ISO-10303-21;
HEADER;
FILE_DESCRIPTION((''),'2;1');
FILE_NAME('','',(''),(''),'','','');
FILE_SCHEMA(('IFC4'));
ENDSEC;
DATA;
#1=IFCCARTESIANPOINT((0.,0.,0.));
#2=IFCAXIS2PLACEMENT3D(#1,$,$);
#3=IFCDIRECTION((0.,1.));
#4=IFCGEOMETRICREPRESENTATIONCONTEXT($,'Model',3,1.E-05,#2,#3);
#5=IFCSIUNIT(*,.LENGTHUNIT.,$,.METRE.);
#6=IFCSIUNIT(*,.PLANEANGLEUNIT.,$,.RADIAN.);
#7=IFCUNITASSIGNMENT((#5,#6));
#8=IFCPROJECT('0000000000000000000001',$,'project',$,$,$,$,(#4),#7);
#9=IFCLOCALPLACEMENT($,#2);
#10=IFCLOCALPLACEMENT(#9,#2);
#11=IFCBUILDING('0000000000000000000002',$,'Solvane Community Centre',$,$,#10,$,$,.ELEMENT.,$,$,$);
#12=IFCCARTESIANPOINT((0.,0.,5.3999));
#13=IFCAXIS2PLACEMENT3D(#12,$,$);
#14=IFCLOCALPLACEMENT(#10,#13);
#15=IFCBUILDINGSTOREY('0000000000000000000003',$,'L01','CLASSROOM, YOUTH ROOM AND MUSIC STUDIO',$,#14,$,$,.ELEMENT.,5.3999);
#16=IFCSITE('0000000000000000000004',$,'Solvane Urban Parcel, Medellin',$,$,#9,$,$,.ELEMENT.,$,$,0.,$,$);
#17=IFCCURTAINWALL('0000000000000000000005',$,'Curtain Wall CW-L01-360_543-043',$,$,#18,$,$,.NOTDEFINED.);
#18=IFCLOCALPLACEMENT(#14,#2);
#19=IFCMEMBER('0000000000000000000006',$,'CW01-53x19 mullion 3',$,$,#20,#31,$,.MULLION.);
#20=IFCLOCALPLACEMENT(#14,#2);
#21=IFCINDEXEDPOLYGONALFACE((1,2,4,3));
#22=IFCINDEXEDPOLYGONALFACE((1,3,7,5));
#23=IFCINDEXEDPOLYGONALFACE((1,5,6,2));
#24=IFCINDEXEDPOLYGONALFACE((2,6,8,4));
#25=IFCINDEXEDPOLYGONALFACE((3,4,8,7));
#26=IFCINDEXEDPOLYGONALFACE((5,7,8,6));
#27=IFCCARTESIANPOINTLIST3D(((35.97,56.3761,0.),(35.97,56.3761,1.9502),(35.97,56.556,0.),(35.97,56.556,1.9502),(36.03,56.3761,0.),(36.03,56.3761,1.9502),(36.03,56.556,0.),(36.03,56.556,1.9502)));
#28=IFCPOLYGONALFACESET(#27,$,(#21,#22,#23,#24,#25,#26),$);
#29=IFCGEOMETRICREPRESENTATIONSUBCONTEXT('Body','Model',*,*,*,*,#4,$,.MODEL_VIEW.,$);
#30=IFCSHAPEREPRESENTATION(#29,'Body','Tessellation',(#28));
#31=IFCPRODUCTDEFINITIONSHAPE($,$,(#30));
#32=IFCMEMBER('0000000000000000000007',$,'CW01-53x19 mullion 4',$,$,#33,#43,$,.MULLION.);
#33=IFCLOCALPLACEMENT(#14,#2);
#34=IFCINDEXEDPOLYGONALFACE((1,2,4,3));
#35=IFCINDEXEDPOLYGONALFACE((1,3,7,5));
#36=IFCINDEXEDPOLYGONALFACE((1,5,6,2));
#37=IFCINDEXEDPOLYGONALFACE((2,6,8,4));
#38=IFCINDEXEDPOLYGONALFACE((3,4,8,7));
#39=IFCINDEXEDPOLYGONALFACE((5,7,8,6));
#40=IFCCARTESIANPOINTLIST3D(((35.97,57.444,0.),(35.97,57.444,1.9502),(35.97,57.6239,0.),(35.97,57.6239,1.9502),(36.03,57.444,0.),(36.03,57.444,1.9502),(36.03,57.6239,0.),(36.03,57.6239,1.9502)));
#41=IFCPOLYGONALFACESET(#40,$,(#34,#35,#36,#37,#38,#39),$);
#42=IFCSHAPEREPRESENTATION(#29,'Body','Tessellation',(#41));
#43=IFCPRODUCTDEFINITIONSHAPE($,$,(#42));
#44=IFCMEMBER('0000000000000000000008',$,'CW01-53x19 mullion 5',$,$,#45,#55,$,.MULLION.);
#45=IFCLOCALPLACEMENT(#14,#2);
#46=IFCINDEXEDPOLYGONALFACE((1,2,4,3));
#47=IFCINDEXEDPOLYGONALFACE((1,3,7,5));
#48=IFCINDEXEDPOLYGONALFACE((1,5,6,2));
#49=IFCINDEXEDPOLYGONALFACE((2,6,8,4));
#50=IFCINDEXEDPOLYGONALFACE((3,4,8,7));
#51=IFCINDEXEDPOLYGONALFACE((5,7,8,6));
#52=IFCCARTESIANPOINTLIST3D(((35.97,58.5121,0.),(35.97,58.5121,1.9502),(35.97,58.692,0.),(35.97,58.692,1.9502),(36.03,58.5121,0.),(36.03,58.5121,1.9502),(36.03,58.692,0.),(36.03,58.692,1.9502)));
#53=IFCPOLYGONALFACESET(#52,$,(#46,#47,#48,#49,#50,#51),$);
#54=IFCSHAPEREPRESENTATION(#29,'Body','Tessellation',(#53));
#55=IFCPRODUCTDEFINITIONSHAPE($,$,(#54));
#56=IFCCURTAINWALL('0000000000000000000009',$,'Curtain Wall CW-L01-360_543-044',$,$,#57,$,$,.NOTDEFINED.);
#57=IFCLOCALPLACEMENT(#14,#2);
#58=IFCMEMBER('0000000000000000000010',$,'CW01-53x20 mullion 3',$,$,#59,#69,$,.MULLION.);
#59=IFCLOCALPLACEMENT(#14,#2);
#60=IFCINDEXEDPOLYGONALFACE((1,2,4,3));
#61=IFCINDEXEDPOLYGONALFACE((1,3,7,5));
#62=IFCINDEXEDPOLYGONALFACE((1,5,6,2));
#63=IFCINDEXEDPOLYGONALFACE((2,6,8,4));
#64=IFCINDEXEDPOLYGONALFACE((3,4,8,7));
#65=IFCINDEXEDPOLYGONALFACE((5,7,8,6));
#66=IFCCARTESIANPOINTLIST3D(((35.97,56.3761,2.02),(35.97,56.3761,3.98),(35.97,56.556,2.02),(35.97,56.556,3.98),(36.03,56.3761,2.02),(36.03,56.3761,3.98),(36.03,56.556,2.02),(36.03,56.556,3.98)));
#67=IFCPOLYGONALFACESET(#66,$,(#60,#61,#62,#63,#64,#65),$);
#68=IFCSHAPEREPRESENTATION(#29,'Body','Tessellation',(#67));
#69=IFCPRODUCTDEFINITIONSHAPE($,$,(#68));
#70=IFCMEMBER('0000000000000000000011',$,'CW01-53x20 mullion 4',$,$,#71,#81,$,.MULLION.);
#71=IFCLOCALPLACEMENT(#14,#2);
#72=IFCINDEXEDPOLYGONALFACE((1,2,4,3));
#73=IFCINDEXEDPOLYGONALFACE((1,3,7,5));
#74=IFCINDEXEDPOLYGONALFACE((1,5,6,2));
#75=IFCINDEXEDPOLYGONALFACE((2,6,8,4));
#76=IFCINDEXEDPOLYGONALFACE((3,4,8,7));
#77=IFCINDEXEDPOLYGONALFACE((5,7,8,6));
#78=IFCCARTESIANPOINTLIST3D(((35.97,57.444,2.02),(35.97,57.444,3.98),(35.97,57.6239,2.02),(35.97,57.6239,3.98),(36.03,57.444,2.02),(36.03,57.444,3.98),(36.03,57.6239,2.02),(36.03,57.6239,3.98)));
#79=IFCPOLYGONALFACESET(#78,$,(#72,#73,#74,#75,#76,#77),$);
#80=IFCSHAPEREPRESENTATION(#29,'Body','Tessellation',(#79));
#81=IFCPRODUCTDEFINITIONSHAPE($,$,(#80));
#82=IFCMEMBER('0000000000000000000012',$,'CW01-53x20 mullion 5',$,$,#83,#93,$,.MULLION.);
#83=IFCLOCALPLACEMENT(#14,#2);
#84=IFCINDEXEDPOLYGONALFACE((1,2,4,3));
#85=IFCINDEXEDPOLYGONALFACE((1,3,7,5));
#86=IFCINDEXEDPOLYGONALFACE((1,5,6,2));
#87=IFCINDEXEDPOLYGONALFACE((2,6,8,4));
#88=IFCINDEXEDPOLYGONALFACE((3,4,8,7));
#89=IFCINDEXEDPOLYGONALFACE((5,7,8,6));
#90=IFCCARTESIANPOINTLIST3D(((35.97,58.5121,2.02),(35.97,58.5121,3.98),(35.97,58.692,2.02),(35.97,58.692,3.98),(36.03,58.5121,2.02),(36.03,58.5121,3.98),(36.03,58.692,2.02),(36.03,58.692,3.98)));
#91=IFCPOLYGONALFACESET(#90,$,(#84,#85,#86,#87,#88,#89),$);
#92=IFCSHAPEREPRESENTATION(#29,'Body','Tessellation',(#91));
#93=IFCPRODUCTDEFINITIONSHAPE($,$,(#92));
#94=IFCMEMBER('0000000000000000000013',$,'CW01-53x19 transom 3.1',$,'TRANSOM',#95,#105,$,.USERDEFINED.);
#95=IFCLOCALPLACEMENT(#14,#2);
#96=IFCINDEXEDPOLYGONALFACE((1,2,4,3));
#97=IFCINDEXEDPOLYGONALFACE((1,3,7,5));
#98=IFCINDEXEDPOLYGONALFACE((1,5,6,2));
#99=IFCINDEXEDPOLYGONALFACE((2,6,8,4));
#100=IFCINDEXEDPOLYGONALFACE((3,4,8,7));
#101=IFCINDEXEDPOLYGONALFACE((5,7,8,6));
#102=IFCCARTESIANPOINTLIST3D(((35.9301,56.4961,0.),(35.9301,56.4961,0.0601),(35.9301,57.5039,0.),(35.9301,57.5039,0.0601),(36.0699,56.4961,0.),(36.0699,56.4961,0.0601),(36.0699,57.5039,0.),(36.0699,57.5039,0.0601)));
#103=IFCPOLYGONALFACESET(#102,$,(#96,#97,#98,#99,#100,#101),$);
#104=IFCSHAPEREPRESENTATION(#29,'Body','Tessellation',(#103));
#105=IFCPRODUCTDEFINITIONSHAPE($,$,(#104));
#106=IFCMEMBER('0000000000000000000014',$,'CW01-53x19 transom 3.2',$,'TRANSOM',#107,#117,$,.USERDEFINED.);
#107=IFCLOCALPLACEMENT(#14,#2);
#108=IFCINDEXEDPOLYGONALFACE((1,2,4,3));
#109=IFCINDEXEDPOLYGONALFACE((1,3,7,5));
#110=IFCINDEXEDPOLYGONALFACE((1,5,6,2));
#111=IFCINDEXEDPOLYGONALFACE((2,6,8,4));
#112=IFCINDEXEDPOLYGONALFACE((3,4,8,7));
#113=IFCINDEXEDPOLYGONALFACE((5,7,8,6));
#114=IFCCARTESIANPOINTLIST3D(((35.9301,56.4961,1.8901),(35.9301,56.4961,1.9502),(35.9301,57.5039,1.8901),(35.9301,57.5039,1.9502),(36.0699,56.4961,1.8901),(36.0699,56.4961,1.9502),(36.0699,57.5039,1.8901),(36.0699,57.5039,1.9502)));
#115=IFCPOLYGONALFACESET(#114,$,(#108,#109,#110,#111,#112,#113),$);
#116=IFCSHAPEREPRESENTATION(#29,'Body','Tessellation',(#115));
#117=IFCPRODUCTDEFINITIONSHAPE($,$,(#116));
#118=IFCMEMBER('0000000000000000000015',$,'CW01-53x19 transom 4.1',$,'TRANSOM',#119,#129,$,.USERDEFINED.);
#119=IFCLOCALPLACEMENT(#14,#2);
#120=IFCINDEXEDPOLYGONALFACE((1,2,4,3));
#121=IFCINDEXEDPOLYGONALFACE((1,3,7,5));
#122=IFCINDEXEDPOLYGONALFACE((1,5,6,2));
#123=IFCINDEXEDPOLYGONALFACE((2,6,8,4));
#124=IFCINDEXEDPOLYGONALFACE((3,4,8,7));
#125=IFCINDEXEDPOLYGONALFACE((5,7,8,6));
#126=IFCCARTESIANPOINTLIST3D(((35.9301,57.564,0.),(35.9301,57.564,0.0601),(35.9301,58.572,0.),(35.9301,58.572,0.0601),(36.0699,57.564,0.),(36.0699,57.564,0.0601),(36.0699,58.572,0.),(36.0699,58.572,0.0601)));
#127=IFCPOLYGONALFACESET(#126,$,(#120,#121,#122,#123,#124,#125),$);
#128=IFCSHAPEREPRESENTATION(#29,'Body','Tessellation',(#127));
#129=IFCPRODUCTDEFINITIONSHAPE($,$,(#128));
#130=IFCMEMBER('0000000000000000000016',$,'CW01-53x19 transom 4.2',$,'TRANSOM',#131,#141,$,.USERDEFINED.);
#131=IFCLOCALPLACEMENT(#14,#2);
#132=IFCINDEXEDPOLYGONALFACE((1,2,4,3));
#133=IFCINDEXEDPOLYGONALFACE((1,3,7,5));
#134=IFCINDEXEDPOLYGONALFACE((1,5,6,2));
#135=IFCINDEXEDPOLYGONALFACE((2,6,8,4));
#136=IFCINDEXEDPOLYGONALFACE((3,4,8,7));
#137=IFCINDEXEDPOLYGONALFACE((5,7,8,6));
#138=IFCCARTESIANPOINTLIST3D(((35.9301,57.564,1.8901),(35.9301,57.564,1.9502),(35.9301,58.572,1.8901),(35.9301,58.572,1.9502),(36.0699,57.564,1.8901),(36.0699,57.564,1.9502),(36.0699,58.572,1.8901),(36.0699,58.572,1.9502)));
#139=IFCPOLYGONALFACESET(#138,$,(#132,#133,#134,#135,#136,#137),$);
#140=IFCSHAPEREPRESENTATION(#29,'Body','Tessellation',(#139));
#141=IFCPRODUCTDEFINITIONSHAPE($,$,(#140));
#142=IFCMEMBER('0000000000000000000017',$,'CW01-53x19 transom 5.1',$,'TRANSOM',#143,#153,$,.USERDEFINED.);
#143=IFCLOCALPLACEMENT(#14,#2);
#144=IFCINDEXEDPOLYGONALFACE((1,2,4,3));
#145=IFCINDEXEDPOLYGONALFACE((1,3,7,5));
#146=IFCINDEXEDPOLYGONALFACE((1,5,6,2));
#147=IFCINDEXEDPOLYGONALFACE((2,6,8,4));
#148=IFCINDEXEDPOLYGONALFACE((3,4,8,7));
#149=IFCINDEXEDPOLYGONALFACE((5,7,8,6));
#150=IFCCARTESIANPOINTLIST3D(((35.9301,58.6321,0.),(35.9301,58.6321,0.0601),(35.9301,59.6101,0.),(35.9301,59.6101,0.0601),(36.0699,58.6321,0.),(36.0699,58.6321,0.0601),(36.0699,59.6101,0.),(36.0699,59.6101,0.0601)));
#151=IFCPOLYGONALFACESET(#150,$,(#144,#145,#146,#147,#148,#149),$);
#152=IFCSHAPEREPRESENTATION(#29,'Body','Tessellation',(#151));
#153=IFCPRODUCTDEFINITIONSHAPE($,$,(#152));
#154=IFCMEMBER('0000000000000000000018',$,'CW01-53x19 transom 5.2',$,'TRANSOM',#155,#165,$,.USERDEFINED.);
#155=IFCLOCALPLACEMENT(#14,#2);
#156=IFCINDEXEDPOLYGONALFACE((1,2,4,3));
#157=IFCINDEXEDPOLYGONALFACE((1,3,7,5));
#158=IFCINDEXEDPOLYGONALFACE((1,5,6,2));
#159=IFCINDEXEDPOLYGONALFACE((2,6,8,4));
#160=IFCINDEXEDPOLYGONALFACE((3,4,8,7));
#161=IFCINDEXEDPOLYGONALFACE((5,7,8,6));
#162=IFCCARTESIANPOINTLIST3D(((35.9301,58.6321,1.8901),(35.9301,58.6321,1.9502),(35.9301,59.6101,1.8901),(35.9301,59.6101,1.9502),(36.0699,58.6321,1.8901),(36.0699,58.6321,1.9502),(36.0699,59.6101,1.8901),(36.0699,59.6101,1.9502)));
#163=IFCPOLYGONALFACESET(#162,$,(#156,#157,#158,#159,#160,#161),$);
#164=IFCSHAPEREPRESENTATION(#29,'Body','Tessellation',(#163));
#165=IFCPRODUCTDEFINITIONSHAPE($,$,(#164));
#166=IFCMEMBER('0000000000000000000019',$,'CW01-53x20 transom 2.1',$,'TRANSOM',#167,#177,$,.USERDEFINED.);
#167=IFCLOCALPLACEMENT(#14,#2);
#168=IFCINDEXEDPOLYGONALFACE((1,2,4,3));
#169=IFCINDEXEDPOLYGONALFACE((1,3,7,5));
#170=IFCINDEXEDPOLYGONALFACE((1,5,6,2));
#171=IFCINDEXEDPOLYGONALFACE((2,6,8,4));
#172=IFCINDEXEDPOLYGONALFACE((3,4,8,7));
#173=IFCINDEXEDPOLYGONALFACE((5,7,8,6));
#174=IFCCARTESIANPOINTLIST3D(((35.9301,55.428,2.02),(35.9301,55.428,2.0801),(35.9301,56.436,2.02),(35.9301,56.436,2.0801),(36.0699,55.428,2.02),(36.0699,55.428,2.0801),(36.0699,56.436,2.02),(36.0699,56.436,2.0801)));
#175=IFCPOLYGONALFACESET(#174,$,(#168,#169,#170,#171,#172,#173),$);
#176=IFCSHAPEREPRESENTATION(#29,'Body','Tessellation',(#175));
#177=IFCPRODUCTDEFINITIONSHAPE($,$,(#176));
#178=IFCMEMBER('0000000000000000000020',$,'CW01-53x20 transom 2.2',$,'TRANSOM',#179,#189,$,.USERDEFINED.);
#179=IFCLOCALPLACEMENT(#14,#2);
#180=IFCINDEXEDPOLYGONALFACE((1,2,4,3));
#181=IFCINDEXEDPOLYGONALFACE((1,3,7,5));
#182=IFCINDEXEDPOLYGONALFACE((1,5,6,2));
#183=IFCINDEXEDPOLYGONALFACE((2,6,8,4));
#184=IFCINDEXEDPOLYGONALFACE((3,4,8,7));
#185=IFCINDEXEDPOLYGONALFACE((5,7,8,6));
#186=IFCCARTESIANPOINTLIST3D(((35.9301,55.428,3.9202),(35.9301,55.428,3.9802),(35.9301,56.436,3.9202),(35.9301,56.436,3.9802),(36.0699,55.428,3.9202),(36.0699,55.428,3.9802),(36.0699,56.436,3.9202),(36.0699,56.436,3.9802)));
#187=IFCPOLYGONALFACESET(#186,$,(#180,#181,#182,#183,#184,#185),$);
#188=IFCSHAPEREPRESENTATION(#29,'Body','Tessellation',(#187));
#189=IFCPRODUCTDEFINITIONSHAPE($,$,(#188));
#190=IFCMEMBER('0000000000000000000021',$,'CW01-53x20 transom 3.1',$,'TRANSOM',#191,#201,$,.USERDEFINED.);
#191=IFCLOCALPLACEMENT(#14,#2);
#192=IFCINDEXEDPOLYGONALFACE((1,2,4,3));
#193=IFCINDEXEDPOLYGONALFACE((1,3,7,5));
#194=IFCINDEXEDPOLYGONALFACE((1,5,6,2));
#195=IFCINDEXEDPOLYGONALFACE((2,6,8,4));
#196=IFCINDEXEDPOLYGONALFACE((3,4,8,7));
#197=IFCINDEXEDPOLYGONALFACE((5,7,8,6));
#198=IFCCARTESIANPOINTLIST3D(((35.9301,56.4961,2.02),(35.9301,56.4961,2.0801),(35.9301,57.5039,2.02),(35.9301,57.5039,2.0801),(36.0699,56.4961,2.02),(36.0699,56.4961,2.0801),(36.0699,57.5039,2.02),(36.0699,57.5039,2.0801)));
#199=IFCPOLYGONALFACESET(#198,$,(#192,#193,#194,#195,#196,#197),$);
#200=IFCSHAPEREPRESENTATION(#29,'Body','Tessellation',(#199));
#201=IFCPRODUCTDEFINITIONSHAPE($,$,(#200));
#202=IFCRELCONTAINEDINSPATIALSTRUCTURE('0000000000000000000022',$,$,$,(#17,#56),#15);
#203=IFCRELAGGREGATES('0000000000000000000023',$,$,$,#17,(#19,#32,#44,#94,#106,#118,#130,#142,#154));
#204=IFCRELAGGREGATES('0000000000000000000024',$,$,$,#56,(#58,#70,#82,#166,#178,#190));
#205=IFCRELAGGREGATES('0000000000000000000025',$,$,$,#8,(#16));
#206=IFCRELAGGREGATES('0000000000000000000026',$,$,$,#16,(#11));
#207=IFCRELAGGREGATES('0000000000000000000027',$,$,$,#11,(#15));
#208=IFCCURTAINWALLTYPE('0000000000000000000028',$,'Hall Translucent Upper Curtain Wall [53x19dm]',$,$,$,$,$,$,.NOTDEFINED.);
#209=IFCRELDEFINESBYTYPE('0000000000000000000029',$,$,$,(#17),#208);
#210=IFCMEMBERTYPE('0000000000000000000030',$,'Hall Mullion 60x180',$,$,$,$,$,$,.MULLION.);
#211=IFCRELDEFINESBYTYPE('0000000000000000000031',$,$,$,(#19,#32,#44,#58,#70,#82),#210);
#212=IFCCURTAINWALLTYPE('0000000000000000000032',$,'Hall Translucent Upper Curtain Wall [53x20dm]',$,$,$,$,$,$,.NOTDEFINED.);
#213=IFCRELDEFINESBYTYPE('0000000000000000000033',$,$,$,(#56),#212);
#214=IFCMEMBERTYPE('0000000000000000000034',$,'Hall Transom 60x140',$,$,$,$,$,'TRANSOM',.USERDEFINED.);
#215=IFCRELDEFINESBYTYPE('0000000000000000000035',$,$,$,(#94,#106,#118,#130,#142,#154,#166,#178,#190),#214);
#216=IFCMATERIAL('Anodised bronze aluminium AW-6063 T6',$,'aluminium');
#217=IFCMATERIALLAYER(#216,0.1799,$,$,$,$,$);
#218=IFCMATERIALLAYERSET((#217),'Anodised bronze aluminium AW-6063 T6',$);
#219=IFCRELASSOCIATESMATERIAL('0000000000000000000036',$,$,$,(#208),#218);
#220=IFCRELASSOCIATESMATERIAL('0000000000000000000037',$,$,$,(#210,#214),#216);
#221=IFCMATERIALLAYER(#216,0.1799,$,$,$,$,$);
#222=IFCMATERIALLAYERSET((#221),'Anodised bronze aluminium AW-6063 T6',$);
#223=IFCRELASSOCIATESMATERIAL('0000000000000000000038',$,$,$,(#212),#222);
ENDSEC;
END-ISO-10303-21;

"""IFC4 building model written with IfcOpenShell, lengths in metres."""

from ifc_helpers import new_model, si_unit, direction, frame, origin, origin_2d, place, context, subcontext, project, spatial, rectangle, extrude, material, layer, layer_set, material_profile, profile_set, type_object, element, aggregate, save


model = new_model("IFC4")

# Units and contexts
model_context = context("Model", 3, precision=1e-05, world=origin(), true_north=direction((0.0, 1.0)))
body_context = subcontext(model_context, "Body", "Model", "MODEL_VIEW")
ifc_project = project(units=[si_unit("LENGTHUNIT", "METRE"), si_unit("PLANEANGLEUNIT", "RADIAN")], contexts=[model_context])

# Site, building, storey
site_placement = place(None, origin())
site = spatial("IfcSite", under=ifc_project, at=site_placement, Name="Solvane Urban Parcel, Medellin", CompositionType="ELEMENT", RefElevation=0.0)
building_placement = place(site_placement, origin())
building = spatial("IfcBuilding", under=site, at=building_placement, Name="Solvane Community Centre", CompositionType="ELEMENT")
storey_placement = place(building_placement, frame((0.0, 0.0, 5.3999)))
storey = spatial("IfcBuildingStorey", under=building, at=storey_placement, Name="L01", Description="CLASSROOM, YOUTH ROOM AND MUSIC STUDIO", CompositionType="ELEMENT", Elevation=5.3999)

# Curtain walls, members
ifc_material_1 = material(Name="Anodised bronze aluminium AW-6063 T6", Category="aluminium")
ifc_layer_1 = layer(ifc_material_1, 0.1799)
ifc_layer_set_1 = layer_set([ifc_layer_1], Name="Anodised bronze aluminium AW-6063 T6")
curtain_wall_type_1 = type_object("IfcCurtainWallType", Name="Hall Translucent Upper Curtain Wall [53x19dm]", PredefinedType="NOTDEFINED", material=ifc_layer_set_1)
curtain_wall_1_placement = place(storey_placement, origin())
curtain_wall_1 = element("IfcCurtainWall", 1, at=curtain_wall_1_placement, inside=storey, type_object=curtain_wall_type_1, Name="Curtain Wall CW-L01-360_543-043", PredefinedType="NOTDEFINED")
ifc_material_profile_1 = material_profile(ifc_material_1, rectangle(XDim=0.0601, YDim=0.1799, at=origin_2d()), Name="CW-M 60x180")
ifc_profile_set_1 = profile_set([ifc_material_profile_1], Name="Anodised bronze aluminium AW-6063 T6")
member_type_1 = type_object("IfcMemberType", Name="Hall Mullion 60x180", PredefinedType="MULLION", material=ifc_profile_set_1)
member_1_placement = place(storey_placement, frame((36.0, 56.4661, 0.0), z_axis=(0.0, 0.0, 1.0), x_axis=(-1.0, 0.0, 0.0)))
member_1 = element("IfcMember", 2, at=member_1_placement, type_object=member_type_1, Name="CW01-53x19 mullion 3", PredefinedType="MULLION", context=body_context, shape_type="SweptSolid", body=[
    extrude(rectangle(XDim=0.0601, YDim=0.1799, at=origin_2d()), origin(), (0.0, 0.0, 1.0), 1.9502),
])
member_2_placement = place(storey_placement, frame((36.0, 57.5339, 0.0), z_axis=(0.0, 0.0, 1.0), x_axis=(-1.0, 0.0, 0.0)))
member_2 = element("IfcMember", 3, at=member_2_placement, type_object=member_type_1, Name="CW01-53x19 mullion 4", PredefinedType="MULLION", context=body_context, shape_type="SweptSolid", body=[
    extrude(rectangle(XDim=0.0601, YDim=0.1799, at=origin_2d()), origin(), (0.0, 0.0, 1.0), 1.9502),
])
member_3_placement = place(storey_placement, frame((36.0, 58.6021, 0.0), z_axis=(0.0, 0.0, 1.0), x_axis=(-1.0, 0.0, 0.0)))
member_3 = element("IfcMember", 4, at=member_3_placement, type_object=member_type_1, Name="CW01-53x19 mullion 5", PredefinedType="MULLION", context=body_context, shape_type="SweptSolid", body=[
    extrude(rectangle(XDim=0.0601, YDim=0.1799, at=origin_2d()), origin(), (0.0, 0.0, 1.0), 1.9502),
])
ifc_layer_2 = layer(ifc_material_1, 0.1799)
ifc_layer_set_2 = layer_set([ifc_layer_2], Name="Anodised bronze aluminium AW-6063 T6")
curtain_wall_type_2 = type_object("IfcCurtainWallType", Name="Hall Translucent Upper Curtain Wall [53x20dm]", PredefinedType="NOTDEFINED", material=ifc_layer_set_2)
curtain_wall_2_placement = place(storey_placement, origin())
curtain_wall_2 = element("IfcCurtainWall", 5, at=curtain_wall_2_placement, inside=storey, type_object=curtain_wall_type_2, Name="Curtain Wall CW-L01-360_543-044", PredefinedType="NOTDEFINED")
member_4_placement = place(storey_placement, frame((36.0, 56.4661, 2.02), z_axis=(0.0, 0.0, 1.0), x_axis=(-1.0, 0.0, 0.0)))
member_4 = element("IfcMember", 6, at=member_4_placement, type_object=member_type_1, Name="CW01-53x20 mullion 3", PredefinedType="MULLION", context=body_context, shape_type="SweptSolid", body=[
    extrude(rectangle(XDim=0.0601, YDim=0.1799, at=origin_2d()), origin(), (0.0, 0.0, 1.0), 1.96),
])
member_5_placement = place(storey_placement, frame((36.0, 57.5339, 2.02), z_axis=(0.0, 0.0, 1.0), x_axis=(-1.0, 0.0, 0.0)))
member_5 = element("IfcMember", 7, at=member_5_placement, type_object=member_type_1, Name="CW01-53x20 mullion 4", PredefinedType="MULLION", context=body_context, shape_type="SweptSolid", body=[
    extrude(rectangle(XDim=0.0601, YDim=0.1799, at=origin_2d()), origin(), (0.0, 0.0, 1.0), 1.96),
])
member_6_placement = place(storey_placement, frame((36.0, 58.6021, 2.02), z_axis=(0.0, 0.0, 1.0), x_axis=(-1.0, 0.0, 0.0)))
member_6 = element("IfcMember", 8, at=member_6_placement, type_object=member_type_1, Name="CW01-53x20 mullion 5", PredefinedType="MULLION", context=body_context, shape_type="SweptSolid", body=[
    extrude(rectangle(XDim=0.0601, YDim=0.1799, at=origin_2d()), origin(), (0.0, 0.0, 1.0), 1.96),
])

# Members
ifc_material_profile_2 = material_profile(ifc_material_1, rectangle(XDim=0.1399, YDim=0.0601, at=origin_2d()), Name="CW-T 60x140")
ifc_profile_set_2 = profile_set([ifc_material_profile_2], Name="Anodised bronze aluminium AW-6063 T6")
member_type_2 = type_object("IfcMemberType", Name="Hall Transom 60x140", ElementType="TRANSOM", PredefinedType="USERDEFINED", material=ifc_profile_set_2)
member_7_placement = place(storey_placement, frame((36.0, 56.4961, 0.03), z_axis=(0.0, 1.0, 0.0), x_axis=(-1.0, 0.0, 0.0)))
member_7 = element("IfcMember", 9, at=member_7_placement, type_object=member_type_2, Name="CW01-53x19 transom 3.1", ObjectType="TRANSOM", PredefinedType="USERDEFINED", context=body_context, shape_type="SweptSolid", body=[
    extrude(rectangle(XDim=0.1399, YDim=0.0601, at=origin_2d()), origin(), (0.0, 0.0, 1.0), 1.0078),
])
member_8_placement = place(storey_placement, frame((36.0, 56.4961, 1.9202), z_axis=(0.0, 1.0, 0.0), x_axis=(-1.0, 0.0, 0.0)))
member_8 = element("IfcMember", 10, at=member_8_placement, type_object=member_type_2, Name="CW01-53x19 transom 3.2", ObjectType="TRANSOM", PredefinedType="USERDEFINED", context=body_context, shape_type="SweptSolid", body=[
    extrude(rectangle(XDim=0.1399, YDim=0.0601, at=origin_2d()), origin(), (0.0, 0.0, 1.0), 1.0078),
])
member_9_placement = place(storey_placement, frame((36.0, 57.564, 0.03), z_axis=(0.0, 1.0, 0.0), x_axis=(-1.0, 0.0, 0.0)))
member_9 = element("IfcMember", 11, at=member_9_placement, type_object=member_type_2, Name="CW01-53x19 transom 4.1", ObjectType="TRANSOM", PredefinedType="USERDEFINED", context=body_context, shape_type="SweptSolid", body=[
    extrude(rectangle(XDim=0.1399, YDim=0.0601, at=origin_2d()), origin(), (0.0, 0.0, 1.0), 1.0081),
])
member_10_placement = place(storey_placement, frame((36.0, 57.564, 1.9202), z_axis=(0.0, 1.0, 0.0), x_axis=(-1.0, 0.0, 0.0)))
member_10 = element("IfcMember", 12, at=member_10_placement, type_object=member_type_2, Name="CW01-53x19 transom 4.2", ObjectType="TRANSOM", PredefinedType="USERDEFINED", context=body_context, shape_type="SweptSolid", body=[
    extrude(rectangle(XDim=0.1399, YDim=0.0601, at=origin_2d()), origin(), (0.0, 0.0, 1.0), 1.0081),
])
member_11_placement = place(storey_placement, frame((36.0, 58.6321, 0.03), z_axis=(0.0, 1.0, 0.0), x_axis=(-1.0, 0.0, 0.0)))
member_11 = element("IfcMember", 13, at=member_11_placement, type_object=member_type_2, Name="CW01-53x19 transom 5.1", ObjectType="TRANSOM", PredefinedType="USERDEFINED", context=body_context, shape_type="SweptSolid", body=[
    extrude(rectangle(XDim=0.1399, YDim=0.0601, at=origin_2d()), origin(), (0.0, 0.0, 1.0), 0.978),
])
member_12_placement = place(storey_placement, frame((36.0, 58.6321, 1.9202), z_axis=(0.0, 1.0, 0.0), x_axis=(-1.0, 0.0, 0.0)))
member_12 = element("IfcMember", 14, at=member_12_placement, type_object=member_type_2, Name="CW01-53x19 transom 5.2", ObjectType="TRANSOM", PredefinedType="USERDEFINED", context=body_context, shape_type="SweptSolid", body=[
    extrude(rectangle(XDim=0.1399, YDim=0.0601, at=origin_2d()), origin(), (0.0, 0.0, 1.0), 0.978),
])
member_13_placement = place(storey_placement, frame((36.0, 55.428, 2.05), z_axis=(0.0, 1.0, 0.0), x_axis=(-1.0, 0.0, 0.0)))
member_13 = element("IfcMember", 15, at=member_13_placement, type_object=member_type_2, Name="CW01-53x20 transom 2.1", ObjectType="TRANSOM", PredefinedType="USERDEFINED", context=body_context, shape_type="SweptSolid", body=[
    extrude(rectangle(XDim=0.1399, YDim=0.0601, at=origin_2d()), origin(), (0.0, 0.0, 1.0), 1.0081),
])
member_14_placement = place(storey_placement, frame((36.0, 55.428, 3.9502), z_axis=(0.0, 1.0, 0.0), x_axis=(-1.0, 0.0, 0.0)))
member_14 = element("IfcMember", 16, at=member_14_placement, type_object=member_type_2, Name="CW01-53x20 transom 2.2", ObjectType="TRANSOM", PredefinedType="USERDEFINED", context=body_context, shape_type="SweptSolid", body=[
    extrude(rectangle(XDim=0.1399, YDim=0.0601, at=origin_2d()), origin(), (0.0, 0.0, 1.0), 1.0081),
])
member_15_placement = place(storey_placement, frame((36.0, 56.4961, 2.05), z_axis=(0.0, 1.0, 0.0), x_axis=(-1.0, 0.0, 0.0)))
member_15 = element("IfcMember", 17, at=member_15_placement, type_object=member_type_2, Name="CW01-53x20 transom 3.1", ObjectType="TRANSOM", PredefinedType="USERDEFINED", context=body_context, shape_type="SweptSolid", body=[
    extrude(rectangle(XDim=0.1399, YDim=0.0601, at=origin_2d()), origin(), (0.0, 0.0, 1.0), 1.0078),
])

aggregate(curtain_wall_1, [member_1, member_2, member_3, member_7, member_8, member_9, member_10, member_11, member_12])
aggregate(curtain_wall_2, [member_4, member_5, member_6, member_13, member_14, member_15])

save(model, "model.ifc")
